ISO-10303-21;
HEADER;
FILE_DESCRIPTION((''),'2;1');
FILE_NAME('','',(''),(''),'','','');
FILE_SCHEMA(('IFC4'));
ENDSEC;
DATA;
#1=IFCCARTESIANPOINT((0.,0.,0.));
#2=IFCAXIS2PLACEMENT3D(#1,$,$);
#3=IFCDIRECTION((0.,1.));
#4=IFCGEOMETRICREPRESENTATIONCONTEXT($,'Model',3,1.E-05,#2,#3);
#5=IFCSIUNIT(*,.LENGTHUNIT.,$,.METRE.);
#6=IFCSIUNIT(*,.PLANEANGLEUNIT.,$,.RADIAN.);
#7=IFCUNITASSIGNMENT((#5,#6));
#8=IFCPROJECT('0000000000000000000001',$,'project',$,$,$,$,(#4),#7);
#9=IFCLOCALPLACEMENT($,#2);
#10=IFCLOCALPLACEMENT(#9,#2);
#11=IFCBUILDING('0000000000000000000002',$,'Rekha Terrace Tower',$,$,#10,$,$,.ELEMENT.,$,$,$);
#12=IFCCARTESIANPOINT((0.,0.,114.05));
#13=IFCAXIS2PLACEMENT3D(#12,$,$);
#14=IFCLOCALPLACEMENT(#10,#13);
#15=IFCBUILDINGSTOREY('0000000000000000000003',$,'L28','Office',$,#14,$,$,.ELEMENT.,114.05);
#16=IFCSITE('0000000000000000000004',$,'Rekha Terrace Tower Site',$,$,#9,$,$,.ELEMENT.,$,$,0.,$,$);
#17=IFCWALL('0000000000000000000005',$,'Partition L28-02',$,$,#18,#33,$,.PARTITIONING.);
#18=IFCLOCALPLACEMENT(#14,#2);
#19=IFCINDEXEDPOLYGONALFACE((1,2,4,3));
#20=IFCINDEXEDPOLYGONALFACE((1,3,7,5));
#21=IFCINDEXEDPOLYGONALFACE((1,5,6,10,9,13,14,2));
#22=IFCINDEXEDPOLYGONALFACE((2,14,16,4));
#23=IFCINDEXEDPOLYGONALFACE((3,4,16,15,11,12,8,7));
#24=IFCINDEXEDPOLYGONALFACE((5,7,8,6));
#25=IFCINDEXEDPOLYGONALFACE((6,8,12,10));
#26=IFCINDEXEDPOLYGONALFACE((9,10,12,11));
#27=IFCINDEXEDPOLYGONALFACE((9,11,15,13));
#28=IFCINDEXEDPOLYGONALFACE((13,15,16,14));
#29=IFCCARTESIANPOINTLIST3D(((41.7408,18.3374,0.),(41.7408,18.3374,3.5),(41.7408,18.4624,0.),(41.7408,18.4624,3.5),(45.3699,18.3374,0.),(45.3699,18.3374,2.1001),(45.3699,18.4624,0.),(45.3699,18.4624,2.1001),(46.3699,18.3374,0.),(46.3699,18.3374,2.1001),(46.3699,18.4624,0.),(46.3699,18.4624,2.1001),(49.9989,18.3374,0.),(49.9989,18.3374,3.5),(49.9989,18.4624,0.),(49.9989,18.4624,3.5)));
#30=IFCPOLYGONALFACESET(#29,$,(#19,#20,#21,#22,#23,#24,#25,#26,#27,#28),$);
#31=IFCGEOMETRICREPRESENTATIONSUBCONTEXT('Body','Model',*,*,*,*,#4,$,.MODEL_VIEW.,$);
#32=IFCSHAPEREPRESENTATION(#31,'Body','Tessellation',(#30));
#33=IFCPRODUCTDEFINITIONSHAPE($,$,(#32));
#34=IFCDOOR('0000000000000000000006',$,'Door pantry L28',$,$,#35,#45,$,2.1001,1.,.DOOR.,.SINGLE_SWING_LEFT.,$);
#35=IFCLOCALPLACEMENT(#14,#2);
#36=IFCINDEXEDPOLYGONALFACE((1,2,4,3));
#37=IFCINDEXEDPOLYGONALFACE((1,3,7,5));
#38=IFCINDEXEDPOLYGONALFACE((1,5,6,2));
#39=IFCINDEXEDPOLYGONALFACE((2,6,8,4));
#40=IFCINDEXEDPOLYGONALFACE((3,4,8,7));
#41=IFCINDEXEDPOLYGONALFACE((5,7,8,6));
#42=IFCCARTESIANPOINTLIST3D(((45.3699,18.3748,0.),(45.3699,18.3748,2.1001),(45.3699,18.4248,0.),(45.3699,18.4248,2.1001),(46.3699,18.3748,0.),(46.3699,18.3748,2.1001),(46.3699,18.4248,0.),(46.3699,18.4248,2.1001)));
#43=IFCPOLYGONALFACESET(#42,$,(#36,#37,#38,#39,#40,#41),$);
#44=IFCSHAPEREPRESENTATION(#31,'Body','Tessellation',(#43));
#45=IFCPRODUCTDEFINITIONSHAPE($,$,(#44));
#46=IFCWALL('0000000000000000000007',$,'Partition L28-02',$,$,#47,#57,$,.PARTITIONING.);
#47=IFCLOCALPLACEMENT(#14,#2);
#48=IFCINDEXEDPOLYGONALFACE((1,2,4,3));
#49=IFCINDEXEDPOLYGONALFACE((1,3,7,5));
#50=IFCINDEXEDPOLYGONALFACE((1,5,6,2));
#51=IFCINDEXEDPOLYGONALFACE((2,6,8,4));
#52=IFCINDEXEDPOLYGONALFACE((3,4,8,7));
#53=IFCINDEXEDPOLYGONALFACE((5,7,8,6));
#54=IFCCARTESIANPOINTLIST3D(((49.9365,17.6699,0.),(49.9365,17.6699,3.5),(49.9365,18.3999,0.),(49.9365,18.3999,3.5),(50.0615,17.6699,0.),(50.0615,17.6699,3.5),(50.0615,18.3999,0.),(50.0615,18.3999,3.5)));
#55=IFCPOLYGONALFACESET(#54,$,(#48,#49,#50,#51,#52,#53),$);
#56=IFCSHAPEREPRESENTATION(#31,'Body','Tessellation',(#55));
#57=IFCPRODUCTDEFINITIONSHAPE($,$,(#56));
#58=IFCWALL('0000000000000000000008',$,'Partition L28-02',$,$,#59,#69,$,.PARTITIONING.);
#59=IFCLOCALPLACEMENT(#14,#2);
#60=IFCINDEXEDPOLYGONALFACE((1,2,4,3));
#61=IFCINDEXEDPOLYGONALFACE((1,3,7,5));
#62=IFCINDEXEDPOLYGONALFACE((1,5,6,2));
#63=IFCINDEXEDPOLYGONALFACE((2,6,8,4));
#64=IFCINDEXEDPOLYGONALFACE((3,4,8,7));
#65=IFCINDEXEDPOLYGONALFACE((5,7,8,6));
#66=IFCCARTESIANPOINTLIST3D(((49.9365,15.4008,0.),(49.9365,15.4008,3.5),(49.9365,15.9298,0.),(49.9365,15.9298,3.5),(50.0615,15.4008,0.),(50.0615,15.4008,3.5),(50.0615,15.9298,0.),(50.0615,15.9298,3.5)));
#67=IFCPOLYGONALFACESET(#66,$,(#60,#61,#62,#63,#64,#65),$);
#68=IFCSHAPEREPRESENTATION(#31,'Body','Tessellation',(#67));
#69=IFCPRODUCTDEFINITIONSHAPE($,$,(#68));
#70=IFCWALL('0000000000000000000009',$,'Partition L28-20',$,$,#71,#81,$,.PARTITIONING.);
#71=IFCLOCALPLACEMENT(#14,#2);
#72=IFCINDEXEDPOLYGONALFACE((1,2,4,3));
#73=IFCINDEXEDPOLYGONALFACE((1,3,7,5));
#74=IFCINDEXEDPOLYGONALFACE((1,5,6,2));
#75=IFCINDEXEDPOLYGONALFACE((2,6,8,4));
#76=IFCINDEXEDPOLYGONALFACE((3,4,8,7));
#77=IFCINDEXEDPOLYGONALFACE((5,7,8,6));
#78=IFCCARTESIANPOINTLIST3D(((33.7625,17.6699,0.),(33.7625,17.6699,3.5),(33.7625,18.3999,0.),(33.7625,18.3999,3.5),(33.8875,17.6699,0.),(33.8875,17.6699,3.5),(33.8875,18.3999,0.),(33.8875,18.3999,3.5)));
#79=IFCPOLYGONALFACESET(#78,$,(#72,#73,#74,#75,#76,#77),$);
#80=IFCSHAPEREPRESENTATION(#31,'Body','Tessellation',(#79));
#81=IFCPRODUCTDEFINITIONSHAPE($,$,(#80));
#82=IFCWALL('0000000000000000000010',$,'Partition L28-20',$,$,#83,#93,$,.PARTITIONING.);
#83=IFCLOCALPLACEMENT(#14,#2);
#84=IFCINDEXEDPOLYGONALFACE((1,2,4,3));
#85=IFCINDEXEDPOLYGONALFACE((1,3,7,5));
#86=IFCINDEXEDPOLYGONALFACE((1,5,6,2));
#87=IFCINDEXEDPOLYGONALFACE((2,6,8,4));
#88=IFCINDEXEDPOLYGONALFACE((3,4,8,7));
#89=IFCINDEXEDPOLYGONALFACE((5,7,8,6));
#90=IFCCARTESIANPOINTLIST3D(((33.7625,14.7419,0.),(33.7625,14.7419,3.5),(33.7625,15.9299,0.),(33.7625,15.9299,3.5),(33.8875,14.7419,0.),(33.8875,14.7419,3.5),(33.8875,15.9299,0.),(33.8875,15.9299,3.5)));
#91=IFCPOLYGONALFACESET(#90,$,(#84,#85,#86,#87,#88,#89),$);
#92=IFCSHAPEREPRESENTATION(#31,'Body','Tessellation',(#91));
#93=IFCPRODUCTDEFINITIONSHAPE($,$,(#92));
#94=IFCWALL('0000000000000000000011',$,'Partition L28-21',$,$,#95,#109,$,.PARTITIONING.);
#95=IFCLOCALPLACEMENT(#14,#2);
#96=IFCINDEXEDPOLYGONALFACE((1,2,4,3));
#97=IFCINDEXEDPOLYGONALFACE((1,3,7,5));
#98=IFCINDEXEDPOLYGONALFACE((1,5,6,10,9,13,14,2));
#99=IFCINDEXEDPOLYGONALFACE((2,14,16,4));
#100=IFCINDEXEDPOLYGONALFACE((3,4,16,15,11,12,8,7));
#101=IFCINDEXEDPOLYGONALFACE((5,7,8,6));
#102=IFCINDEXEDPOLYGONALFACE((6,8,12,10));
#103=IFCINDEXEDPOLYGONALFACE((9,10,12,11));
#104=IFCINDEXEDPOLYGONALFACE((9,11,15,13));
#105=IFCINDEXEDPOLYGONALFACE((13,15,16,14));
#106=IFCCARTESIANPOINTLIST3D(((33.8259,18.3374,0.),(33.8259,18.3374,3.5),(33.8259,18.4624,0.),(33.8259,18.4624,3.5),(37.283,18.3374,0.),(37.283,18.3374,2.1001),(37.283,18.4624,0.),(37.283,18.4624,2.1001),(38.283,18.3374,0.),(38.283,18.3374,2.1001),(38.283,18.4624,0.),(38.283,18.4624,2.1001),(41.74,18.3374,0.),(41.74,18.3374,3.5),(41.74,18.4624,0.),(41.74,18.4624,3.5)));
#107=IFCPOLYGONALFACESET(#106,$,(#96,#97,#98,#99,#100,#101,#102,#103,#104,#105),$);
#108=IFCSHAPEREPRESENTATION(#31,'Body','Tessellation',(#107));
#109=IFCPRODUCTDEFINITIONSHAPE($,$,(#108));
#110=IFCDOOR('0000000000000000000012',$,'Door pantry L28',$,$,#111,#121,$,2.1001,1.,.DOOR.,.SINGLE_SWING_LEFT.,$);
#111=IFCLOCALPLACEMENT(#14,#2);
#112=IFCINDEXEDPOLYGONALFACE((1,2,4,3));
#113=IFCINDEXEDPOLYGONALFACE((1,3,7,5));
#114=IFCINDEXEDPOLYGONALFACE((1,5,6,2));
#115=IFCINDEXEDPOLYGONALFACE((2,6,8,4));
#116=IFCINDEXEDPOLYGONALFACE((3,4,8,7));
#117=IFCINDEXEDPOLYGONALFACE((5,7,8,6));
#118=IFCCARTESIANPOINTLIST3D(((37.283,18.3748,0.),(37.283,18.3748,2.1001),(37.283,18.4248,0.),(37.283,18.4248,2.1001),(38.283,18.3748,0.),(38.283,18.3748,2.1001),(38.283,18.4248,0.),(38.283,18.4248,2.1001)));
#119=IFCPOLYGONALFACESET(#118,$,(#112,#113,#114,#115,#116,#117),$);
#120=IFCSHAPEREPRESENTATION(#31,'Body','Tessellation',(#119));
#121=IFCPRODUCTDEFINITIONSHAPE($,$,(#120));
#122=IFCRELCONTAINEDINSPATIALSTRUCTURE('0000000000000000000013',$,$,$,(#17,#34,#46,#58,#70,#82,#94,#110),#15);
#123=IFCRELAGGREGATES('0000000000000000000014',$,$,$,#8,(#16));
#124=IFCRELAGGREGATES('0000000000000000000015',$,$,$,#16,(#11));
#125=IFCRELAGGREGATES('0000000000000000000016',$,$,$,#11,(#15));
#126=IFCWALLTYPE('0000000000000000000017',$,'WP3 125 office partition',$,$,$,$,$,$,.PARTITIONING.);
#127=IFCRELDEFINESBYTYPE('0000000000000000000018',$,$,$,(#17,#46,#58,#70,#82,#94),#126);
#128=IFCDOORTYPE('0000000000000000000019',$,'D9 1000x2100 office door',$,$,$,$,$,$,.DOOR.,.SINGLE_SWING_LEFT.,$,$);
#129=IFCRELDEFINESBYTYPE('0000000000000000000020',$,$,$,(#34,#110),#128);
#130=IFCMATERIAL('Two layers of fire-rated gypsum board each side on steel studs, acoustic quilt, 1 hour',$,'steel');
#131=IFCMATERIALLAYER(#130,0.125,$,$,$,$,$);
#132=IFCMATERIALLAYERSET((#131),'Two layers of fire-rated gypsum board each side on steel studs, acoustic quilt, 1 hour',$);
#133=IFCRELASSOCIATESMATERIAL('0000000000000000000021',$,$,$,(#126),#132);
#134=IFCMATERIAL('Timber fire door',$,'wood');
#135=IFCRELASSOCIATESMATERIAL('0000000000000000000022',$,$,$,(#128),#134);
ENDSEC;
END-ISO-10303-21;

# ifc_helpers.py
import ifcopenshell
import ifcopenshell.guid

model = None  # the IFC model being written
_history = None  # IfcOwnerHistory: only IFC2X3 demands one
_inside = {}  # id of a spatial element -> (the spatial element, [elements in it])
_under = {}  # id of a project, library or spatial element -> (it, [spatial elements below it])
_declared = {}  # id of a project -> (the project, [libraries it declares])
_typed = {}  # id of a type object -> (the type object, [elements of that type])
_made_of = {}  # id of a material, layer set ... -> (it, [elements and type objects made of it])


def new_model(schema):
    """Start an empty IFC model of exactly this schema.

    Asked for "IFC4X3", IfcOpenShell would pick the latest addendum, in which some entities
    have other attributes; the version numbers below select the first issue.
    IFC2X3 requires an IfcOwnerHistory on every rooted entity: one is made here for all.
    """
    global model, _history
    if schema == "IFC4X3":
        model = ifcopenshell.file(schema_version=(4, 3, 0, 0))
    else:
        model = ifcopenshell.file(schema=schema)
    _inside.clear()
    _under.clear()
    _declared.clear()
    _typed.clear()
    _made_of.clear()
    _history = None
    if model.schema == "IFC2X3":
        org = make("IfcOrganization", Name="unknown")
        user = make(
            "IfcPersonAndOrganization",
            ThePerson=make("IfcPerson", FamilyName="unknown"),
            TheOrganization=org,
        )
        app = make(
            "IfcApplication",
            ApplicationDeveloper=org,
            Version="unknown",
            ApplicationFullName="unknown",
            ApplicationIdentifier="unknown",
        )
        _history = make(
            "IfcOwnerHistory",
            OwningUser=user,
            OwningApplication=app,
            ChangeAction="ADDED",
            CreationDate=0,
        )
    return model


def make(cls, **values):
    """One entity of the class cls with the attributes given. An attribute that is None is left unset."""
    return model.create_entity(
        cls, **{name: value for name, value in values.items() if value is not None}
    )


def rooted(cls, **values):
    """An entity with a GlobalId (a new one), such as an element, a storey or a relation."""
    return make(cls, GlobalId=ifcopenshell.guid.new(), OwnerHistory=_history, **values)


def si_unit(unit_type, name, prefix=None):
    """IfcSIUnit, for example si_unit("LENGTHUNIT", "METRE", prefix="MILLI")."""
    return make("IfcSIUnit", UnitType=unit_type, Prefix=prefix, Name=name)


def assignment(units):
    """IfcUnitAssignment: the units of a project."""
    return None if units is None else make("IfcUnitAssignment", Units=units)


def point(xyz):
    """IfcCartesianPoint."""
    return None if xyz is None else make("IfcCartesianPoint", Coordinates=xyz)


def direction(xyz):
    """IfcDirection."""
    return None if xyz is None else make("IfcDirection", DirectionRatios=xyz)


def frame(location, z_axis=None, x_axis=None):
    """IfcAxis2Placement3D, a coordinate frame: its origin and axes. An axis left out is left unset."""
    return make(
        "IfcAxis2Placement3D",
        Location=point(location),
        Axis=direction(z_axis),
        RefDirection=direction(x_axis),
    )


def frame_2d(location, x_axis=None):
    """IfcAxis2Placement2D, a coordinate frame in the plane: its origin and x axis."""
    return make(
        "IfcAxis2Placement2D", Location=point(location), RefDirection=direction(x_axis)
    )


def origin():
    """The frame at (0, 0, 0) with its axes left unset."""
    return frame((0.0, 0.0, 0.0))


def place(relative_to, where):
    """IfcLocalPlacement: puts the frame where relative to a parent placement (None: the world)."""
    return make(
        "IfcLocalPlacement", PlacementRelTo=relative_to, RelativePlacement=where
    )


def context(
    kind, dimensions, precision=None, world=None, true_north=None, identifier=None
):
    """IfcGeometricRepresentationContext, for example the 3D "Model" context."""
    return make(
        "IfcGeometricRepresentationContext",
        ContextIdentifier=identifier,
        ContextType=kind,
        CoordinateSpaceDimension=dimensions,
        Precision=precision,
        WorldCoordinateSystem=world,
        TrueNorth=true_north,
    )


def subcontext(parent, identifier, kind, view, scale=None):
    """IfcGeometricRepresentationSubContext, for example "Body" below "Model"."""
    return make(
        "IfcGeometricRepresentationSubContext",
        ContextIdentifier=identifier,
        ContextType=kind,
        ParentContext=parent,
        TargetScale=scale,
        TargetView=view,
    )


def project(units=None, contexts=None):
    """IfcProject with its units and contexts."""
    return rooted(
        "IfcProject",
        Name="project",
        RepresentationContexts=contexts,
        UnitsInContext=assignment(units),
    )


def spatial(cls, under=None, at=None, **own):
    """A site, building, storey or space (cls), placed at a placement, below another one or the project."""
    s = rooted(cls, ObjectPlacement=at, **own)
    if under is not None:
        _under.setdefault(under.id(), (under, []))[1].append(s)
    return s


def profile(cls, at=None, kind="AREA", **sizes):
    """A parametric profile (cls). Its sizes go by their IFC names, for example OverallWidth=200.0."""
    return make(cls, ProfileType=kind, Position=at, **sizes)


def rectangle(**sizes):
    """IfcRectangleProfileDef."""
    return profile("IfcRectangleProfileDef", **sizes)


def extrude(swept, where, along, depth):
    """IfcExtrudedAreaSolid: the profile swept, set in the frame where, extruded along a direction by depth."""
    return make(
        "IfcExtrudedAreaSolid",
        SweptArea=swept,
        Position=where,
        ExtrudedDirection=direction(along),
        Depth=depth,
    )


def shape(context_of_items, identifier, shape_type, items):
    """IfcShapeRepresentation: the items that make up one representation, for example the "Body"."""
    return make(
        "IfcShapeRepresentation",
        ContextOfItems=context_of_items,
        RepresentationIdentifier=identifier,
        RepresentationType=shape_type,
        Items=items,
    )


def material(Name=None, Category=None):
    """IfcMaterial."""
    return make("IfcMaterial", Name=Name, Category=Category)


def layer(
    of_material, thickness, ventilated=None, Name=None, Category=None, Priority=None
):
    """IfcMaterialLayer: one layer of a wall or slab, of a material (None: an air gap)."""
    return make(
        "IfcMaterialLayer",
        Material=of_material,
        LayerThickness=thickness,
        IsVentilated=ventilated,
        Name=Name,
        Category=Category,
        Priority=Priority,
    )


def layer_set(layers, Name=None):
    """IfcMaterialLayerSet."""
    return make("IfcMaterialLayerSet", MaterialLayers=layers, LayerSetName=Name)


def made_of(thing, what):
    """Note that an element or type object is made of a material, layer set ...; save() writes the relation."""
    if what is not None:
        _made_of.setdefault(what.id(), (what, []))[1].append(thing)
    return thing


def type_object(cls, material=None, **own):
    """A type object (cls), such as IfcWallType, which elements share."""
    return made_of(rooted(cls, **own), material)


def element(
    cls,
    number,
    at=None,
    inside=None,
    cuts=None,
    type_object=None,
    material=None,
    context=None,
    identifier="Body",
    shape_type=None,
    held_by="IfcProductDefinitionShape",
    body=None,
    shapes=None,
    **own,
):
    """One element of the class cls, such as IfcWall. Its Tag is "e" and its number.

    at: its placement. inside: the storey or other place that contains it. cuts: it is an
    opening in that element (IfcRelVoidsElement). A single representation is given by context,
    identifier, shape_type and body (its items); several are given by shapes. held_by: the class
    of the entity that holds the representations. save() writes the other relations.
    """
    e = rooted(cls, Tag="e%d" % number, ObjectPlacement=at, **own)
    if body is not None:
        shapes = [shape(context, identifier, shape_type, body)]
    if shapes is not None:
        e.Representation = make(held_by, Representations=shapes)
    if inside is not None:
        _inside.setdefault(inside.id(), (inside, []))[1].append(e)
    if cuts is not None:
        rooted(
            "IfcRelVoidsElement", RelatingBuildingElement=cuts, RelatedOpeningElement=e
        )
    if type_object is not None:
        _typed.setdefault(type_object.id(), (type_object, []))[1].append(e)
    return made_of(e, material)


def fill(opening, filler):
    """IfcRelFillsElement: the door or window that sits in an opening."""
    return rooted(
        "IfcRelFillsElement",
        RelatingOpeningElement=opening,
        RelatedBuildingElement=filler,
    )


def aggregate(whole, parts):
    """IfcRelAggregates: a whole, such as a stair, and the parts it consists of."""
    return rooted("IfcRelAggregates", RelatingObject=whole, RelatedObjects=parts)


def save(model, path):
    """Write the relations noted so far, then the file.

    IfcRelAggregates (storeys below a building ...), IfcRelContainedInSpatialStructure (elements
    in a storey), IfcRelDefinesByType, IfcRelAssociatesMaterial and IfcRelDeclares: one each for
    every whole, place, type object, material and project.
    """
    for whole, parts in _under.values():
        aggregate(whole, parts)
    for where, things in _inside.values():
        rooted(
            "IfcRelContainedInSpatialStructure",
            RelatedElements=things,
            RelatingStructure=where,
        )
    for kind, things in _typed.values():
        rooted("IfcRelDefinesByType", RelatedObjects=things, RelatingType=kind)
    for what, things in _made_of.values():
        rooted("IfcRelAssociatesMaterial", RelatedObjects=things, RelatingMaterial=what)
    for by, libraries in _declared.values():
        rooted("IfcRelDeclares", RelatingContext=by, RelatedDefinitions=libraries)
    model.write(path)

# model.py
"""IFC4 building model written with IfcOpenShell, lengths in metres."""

from ifc_helpers import new_model, si_unit, direction, frame, frame_2d, origin, place, context, subcontext, project, spatial, rectangle, extrude, material, layer, layer_set, type_object, element, fill, save


model = new_model("IFC4")

# Units and contexts
model_context = context("Model", 3, precision=1e-05, world=origin(), true_north=direction((0.0, 1.0)))
body_context = subcontext(model_context, "Body", "Model", "MODEL_VIEW")
ifc_project = project(units=[si_unit("LENGTHUNIT", "METRE"), si_unit("PLANEANGLEUNIT", "RADIAN")], contexts=[model_context])

# Site, building, storey
site_placement = place(None, origin())
site = spatial("IfcSite", under=ifc_project, at=site_placement, Name="Rekha Terrace Tower Site", CompositionType="ELEMENT", RefElevation=0.0)
building_placement = place(site_placement, origin())
building = spatial("IfcBuilding", under=site, at=building_placement, Name="Rekha Terrace Tower", CompositionType="ELEMENT")
storey_placement = place(building_placement, frame((0.0, 0.0, 114.05)))
storey = spatial("IfcBuildingStorey", under=building, at=storey_placement, Name="L28", Description="Office", CompositionType="ELEMENT", Elevation=114.05)

# Shared definitions
ifc_material_1 = material(Name="Two layers of fire-rated gypsum board each side on steel studs, acoustic quilt, 1 hour", Category="steel")
ifc_layer_1 = layer(ifc_material_1, 0.125)
ifc_layer_set_1 = layer_set([ifc_layer_1], Name="Two layers of fire-rated gypsum board each side on steel studs, acoustic quilt, 1 hour")
wall_type_1 = type_object("IfcWallType", Name="WP3 125 office partition", PredefinedType="PARTITIONING", material=ifc_layer_set_1)

# Wall, opening, door
wall_1_placement = place(storey_placement, frame((41.741, 18.3999, 0.0), z_axis=(0.0, 0.0, 1.0), x_axis=(1.0, 0.0, 0.0)))
wall_1 = element("IfcWall", 1, at=wall_1_placement, inside=storey, type_object=wall_type_1, Name="Partition L28-02", PredefinedType="PARTITIONING", context=body_context, shape_type="SweptSolid", body=[
    extrude(rectangle(XDim=8.2581, YDim=0.125, at=frame_2d((4.1289, 0.0))), origin(), (0.0, 0.0, 1.0), 3.5),
])
opening_1_placement = place(wall_1_placement, frame((3.6289, 0.0, 0.0)))
opening_1 = element("IfcOpeningElement", 2, at=opening_1_placement, cuts=wall_1, PredefinedType="OPENING", context=body_context, shape_type="SweptSolid", body=[
    extrude(rectangle(XDim=1.0, YDim=2.1001, at=frame_2d((0.5, 1.05))), frame((0.0, 0.0725, 0.0), z_axis=(0.0, -1.0, 0.0), x_axis=(1.0, 0.0, 0.0)), (0.0, 0.0, 1.0), 0.145),
])
ifc_material_2 = material(Name="Timber fire door", Category="wood")
door_type = type_object("IfcDoorType", Name="D9 1000x2100 office door", OperationType="SINGLE_SWING_LEFT", PredefinedType="DOOR", material=ifc_material_2)
door_1_placement = place(opening_1_placement, origin())
door_1 = element("IfcDoor", 3, at=door_1_placement, inside=storey, type_object=door_type, Name="Door pantry L28", OperationType="SINGLE_SWING_LEFT", OverallHeight=2.1001, OverallWidth=1.0, PredefinedType="DOOR", context=body_context, shape_type="SweptSolid", body=[
    extrude(rectangle(XDim=1.0, YDim=2.1001, at=frame_2d((0.5, 1.05))), frame((0.0, 0.0249, 0.0), z_axis=(0.0, -1.0, 0.0), x_axis=(1.0, 0.0, 0.0)), (0.0, 0.0, 1.0), 0.05),
])
fill(opening_1, door_1)

# Walls
wall_2_placement = place(storey_placement, frame((49.999, 18.3999, 0.0), z_axis=(0.0, 0.0, 1.0), x_axis=(0.0, -1.0, 0.0)))
element("IfcWall", 4, at=wall_2_placement, inside=storey, type_object=wall_type_1, Name="Partition L28-02", PredefinedType="PARTITIONING", context=body_context, shape_type="SweptSolid", body=[
    extrude(rectangle(XDim=0.73, YDim=0.125, at=frame_2d((0.365, 0.0))), origin(), (0.0, 0.0, 1.0), 3.5),
])
wall_3_placement = place(storey_placement, frame((49.999, 15.9299, 0.0), z_axis=(0.0, 0.0, 1.0), x_axis=(0.0, -1.0, 0.0)))
element("IfcWall", 5, at=wall_3_placement, inside=storey, type_object=wall_type_1, Name="Partition L28-02", PredefinedType="PARTITIONING", context=body_context, shape_type="SweptSolid", body=[
    extrude(rectangle(XDim=0.5291, YDim=0.125, at=frame_2d((0.2646, 0.0))), origin(), (0.0, 0.0, 1.0), 3.5),
])
wall_4_placement = place(storey_placement, frame((33.825, 18.3999, 0.0), z_axis=(0.0, 0.0, 1.0), x_axis=(0.0, -1.0, 0.0)))
element("IfcWall", 6, at=wall_4_placement, inside=storey, type_object=wall_type_1, Name="Partition L28-20", PredefinedType="PARTITIONING", context=body_context, shape_type="SweptSolid", body=[
    extrude(rectangle(XDim=0.73, YDim=0.125, at=frame_2d((0.365, 0.0))), origin(), (0.0, 0.0, 1.0), 3.5),
])
wall_5_placement = place(storey_placement, frame((33.825, 15.9299, 0.0), z_axis=(0.0, 0.0, 1.0), x_axis=(0.0, -1.0, 0.0)))
element("IfcWall", 7, at=wall_5_placement, inside=storey, type_object=wall_type_1, Name="Partition L28-20", PredefinedType="PARTITIONING", context=body_context, shape_type="SweptSolid", body=[
    extrude(rectangle(XDim=1.188, YDim=0.125, at=frame_2d((0.594, 0.0))), origin(), (0.0, 0.0, 1.0), 3.5),
])

# Wall, opening, door
wall_6_placement = place(storey_placement, frame((33.8259, 18.3999, 0.0), z_axis=(0.0, 0.0, 1.0), x_axis=(1.0, 0.0, 0.0)))
wall_6 = element("IfcWall", 8, at=wall_6_placement, inside=storey, type_object=wall_type_1, Name="Partition L28-21", PredefinedType="PARTITIONING", context=body_context, shape_type="SweptSolid", body=[
    extrude(rectangle(XDim=7.9141, YDim=0.125, at=frame_2d((3.957, 0.0))), origin(), (0.0, 0.0, 1.0), 3.5),
])
opening_2_placement = place(wall_6_placement, frame((3.457, 0.0, 0.0)))
opening_2 = element("IfcOpeningElement", 9, at=opening_2_placement, cuts=wall_6, PredefinedType="OPENING", context=body_context, shape_type="SweptSolid", body=[
    extrude(rectangle(XDim=1.0, YDim=2.1001, at=frame_2d((0.5, 1.05))), frame((0.0, 0.0725, 0.0), z_axis=(0.0, -1.0, 0.0), x_axis=(1.0, 0.0, 0.0)), (0.0, 0.0, 1.0), 0.145),
])
door_2_placement = place(opening_2_placement, origin())
door_2 = element("IfcDoor", 10, at=door_2_placement, inside=storey, type_object=door_type, Name="Door pantry L28", OperationType="SINGLE_SWING_LEFT", OverallHeight=2.1001, OverallWidth=1.0, PredefinedType="DOOR", context=body_context, shape_type="SweptSolid", body=[
    extrude(rectangle(XDim=1.0, YDim=2.1001, at=frame_2d((0.5, 1.05))), frame((0.0, 0.0249, 0.0), z_axis=(0.0, -1.0, 0.0), x_axis=(1.0, 0.0, 0.0)), (0.0, 0.0, 1.0), 0.05),
])
fill(opening_2, door_2)

save(model, "model.ifc")
